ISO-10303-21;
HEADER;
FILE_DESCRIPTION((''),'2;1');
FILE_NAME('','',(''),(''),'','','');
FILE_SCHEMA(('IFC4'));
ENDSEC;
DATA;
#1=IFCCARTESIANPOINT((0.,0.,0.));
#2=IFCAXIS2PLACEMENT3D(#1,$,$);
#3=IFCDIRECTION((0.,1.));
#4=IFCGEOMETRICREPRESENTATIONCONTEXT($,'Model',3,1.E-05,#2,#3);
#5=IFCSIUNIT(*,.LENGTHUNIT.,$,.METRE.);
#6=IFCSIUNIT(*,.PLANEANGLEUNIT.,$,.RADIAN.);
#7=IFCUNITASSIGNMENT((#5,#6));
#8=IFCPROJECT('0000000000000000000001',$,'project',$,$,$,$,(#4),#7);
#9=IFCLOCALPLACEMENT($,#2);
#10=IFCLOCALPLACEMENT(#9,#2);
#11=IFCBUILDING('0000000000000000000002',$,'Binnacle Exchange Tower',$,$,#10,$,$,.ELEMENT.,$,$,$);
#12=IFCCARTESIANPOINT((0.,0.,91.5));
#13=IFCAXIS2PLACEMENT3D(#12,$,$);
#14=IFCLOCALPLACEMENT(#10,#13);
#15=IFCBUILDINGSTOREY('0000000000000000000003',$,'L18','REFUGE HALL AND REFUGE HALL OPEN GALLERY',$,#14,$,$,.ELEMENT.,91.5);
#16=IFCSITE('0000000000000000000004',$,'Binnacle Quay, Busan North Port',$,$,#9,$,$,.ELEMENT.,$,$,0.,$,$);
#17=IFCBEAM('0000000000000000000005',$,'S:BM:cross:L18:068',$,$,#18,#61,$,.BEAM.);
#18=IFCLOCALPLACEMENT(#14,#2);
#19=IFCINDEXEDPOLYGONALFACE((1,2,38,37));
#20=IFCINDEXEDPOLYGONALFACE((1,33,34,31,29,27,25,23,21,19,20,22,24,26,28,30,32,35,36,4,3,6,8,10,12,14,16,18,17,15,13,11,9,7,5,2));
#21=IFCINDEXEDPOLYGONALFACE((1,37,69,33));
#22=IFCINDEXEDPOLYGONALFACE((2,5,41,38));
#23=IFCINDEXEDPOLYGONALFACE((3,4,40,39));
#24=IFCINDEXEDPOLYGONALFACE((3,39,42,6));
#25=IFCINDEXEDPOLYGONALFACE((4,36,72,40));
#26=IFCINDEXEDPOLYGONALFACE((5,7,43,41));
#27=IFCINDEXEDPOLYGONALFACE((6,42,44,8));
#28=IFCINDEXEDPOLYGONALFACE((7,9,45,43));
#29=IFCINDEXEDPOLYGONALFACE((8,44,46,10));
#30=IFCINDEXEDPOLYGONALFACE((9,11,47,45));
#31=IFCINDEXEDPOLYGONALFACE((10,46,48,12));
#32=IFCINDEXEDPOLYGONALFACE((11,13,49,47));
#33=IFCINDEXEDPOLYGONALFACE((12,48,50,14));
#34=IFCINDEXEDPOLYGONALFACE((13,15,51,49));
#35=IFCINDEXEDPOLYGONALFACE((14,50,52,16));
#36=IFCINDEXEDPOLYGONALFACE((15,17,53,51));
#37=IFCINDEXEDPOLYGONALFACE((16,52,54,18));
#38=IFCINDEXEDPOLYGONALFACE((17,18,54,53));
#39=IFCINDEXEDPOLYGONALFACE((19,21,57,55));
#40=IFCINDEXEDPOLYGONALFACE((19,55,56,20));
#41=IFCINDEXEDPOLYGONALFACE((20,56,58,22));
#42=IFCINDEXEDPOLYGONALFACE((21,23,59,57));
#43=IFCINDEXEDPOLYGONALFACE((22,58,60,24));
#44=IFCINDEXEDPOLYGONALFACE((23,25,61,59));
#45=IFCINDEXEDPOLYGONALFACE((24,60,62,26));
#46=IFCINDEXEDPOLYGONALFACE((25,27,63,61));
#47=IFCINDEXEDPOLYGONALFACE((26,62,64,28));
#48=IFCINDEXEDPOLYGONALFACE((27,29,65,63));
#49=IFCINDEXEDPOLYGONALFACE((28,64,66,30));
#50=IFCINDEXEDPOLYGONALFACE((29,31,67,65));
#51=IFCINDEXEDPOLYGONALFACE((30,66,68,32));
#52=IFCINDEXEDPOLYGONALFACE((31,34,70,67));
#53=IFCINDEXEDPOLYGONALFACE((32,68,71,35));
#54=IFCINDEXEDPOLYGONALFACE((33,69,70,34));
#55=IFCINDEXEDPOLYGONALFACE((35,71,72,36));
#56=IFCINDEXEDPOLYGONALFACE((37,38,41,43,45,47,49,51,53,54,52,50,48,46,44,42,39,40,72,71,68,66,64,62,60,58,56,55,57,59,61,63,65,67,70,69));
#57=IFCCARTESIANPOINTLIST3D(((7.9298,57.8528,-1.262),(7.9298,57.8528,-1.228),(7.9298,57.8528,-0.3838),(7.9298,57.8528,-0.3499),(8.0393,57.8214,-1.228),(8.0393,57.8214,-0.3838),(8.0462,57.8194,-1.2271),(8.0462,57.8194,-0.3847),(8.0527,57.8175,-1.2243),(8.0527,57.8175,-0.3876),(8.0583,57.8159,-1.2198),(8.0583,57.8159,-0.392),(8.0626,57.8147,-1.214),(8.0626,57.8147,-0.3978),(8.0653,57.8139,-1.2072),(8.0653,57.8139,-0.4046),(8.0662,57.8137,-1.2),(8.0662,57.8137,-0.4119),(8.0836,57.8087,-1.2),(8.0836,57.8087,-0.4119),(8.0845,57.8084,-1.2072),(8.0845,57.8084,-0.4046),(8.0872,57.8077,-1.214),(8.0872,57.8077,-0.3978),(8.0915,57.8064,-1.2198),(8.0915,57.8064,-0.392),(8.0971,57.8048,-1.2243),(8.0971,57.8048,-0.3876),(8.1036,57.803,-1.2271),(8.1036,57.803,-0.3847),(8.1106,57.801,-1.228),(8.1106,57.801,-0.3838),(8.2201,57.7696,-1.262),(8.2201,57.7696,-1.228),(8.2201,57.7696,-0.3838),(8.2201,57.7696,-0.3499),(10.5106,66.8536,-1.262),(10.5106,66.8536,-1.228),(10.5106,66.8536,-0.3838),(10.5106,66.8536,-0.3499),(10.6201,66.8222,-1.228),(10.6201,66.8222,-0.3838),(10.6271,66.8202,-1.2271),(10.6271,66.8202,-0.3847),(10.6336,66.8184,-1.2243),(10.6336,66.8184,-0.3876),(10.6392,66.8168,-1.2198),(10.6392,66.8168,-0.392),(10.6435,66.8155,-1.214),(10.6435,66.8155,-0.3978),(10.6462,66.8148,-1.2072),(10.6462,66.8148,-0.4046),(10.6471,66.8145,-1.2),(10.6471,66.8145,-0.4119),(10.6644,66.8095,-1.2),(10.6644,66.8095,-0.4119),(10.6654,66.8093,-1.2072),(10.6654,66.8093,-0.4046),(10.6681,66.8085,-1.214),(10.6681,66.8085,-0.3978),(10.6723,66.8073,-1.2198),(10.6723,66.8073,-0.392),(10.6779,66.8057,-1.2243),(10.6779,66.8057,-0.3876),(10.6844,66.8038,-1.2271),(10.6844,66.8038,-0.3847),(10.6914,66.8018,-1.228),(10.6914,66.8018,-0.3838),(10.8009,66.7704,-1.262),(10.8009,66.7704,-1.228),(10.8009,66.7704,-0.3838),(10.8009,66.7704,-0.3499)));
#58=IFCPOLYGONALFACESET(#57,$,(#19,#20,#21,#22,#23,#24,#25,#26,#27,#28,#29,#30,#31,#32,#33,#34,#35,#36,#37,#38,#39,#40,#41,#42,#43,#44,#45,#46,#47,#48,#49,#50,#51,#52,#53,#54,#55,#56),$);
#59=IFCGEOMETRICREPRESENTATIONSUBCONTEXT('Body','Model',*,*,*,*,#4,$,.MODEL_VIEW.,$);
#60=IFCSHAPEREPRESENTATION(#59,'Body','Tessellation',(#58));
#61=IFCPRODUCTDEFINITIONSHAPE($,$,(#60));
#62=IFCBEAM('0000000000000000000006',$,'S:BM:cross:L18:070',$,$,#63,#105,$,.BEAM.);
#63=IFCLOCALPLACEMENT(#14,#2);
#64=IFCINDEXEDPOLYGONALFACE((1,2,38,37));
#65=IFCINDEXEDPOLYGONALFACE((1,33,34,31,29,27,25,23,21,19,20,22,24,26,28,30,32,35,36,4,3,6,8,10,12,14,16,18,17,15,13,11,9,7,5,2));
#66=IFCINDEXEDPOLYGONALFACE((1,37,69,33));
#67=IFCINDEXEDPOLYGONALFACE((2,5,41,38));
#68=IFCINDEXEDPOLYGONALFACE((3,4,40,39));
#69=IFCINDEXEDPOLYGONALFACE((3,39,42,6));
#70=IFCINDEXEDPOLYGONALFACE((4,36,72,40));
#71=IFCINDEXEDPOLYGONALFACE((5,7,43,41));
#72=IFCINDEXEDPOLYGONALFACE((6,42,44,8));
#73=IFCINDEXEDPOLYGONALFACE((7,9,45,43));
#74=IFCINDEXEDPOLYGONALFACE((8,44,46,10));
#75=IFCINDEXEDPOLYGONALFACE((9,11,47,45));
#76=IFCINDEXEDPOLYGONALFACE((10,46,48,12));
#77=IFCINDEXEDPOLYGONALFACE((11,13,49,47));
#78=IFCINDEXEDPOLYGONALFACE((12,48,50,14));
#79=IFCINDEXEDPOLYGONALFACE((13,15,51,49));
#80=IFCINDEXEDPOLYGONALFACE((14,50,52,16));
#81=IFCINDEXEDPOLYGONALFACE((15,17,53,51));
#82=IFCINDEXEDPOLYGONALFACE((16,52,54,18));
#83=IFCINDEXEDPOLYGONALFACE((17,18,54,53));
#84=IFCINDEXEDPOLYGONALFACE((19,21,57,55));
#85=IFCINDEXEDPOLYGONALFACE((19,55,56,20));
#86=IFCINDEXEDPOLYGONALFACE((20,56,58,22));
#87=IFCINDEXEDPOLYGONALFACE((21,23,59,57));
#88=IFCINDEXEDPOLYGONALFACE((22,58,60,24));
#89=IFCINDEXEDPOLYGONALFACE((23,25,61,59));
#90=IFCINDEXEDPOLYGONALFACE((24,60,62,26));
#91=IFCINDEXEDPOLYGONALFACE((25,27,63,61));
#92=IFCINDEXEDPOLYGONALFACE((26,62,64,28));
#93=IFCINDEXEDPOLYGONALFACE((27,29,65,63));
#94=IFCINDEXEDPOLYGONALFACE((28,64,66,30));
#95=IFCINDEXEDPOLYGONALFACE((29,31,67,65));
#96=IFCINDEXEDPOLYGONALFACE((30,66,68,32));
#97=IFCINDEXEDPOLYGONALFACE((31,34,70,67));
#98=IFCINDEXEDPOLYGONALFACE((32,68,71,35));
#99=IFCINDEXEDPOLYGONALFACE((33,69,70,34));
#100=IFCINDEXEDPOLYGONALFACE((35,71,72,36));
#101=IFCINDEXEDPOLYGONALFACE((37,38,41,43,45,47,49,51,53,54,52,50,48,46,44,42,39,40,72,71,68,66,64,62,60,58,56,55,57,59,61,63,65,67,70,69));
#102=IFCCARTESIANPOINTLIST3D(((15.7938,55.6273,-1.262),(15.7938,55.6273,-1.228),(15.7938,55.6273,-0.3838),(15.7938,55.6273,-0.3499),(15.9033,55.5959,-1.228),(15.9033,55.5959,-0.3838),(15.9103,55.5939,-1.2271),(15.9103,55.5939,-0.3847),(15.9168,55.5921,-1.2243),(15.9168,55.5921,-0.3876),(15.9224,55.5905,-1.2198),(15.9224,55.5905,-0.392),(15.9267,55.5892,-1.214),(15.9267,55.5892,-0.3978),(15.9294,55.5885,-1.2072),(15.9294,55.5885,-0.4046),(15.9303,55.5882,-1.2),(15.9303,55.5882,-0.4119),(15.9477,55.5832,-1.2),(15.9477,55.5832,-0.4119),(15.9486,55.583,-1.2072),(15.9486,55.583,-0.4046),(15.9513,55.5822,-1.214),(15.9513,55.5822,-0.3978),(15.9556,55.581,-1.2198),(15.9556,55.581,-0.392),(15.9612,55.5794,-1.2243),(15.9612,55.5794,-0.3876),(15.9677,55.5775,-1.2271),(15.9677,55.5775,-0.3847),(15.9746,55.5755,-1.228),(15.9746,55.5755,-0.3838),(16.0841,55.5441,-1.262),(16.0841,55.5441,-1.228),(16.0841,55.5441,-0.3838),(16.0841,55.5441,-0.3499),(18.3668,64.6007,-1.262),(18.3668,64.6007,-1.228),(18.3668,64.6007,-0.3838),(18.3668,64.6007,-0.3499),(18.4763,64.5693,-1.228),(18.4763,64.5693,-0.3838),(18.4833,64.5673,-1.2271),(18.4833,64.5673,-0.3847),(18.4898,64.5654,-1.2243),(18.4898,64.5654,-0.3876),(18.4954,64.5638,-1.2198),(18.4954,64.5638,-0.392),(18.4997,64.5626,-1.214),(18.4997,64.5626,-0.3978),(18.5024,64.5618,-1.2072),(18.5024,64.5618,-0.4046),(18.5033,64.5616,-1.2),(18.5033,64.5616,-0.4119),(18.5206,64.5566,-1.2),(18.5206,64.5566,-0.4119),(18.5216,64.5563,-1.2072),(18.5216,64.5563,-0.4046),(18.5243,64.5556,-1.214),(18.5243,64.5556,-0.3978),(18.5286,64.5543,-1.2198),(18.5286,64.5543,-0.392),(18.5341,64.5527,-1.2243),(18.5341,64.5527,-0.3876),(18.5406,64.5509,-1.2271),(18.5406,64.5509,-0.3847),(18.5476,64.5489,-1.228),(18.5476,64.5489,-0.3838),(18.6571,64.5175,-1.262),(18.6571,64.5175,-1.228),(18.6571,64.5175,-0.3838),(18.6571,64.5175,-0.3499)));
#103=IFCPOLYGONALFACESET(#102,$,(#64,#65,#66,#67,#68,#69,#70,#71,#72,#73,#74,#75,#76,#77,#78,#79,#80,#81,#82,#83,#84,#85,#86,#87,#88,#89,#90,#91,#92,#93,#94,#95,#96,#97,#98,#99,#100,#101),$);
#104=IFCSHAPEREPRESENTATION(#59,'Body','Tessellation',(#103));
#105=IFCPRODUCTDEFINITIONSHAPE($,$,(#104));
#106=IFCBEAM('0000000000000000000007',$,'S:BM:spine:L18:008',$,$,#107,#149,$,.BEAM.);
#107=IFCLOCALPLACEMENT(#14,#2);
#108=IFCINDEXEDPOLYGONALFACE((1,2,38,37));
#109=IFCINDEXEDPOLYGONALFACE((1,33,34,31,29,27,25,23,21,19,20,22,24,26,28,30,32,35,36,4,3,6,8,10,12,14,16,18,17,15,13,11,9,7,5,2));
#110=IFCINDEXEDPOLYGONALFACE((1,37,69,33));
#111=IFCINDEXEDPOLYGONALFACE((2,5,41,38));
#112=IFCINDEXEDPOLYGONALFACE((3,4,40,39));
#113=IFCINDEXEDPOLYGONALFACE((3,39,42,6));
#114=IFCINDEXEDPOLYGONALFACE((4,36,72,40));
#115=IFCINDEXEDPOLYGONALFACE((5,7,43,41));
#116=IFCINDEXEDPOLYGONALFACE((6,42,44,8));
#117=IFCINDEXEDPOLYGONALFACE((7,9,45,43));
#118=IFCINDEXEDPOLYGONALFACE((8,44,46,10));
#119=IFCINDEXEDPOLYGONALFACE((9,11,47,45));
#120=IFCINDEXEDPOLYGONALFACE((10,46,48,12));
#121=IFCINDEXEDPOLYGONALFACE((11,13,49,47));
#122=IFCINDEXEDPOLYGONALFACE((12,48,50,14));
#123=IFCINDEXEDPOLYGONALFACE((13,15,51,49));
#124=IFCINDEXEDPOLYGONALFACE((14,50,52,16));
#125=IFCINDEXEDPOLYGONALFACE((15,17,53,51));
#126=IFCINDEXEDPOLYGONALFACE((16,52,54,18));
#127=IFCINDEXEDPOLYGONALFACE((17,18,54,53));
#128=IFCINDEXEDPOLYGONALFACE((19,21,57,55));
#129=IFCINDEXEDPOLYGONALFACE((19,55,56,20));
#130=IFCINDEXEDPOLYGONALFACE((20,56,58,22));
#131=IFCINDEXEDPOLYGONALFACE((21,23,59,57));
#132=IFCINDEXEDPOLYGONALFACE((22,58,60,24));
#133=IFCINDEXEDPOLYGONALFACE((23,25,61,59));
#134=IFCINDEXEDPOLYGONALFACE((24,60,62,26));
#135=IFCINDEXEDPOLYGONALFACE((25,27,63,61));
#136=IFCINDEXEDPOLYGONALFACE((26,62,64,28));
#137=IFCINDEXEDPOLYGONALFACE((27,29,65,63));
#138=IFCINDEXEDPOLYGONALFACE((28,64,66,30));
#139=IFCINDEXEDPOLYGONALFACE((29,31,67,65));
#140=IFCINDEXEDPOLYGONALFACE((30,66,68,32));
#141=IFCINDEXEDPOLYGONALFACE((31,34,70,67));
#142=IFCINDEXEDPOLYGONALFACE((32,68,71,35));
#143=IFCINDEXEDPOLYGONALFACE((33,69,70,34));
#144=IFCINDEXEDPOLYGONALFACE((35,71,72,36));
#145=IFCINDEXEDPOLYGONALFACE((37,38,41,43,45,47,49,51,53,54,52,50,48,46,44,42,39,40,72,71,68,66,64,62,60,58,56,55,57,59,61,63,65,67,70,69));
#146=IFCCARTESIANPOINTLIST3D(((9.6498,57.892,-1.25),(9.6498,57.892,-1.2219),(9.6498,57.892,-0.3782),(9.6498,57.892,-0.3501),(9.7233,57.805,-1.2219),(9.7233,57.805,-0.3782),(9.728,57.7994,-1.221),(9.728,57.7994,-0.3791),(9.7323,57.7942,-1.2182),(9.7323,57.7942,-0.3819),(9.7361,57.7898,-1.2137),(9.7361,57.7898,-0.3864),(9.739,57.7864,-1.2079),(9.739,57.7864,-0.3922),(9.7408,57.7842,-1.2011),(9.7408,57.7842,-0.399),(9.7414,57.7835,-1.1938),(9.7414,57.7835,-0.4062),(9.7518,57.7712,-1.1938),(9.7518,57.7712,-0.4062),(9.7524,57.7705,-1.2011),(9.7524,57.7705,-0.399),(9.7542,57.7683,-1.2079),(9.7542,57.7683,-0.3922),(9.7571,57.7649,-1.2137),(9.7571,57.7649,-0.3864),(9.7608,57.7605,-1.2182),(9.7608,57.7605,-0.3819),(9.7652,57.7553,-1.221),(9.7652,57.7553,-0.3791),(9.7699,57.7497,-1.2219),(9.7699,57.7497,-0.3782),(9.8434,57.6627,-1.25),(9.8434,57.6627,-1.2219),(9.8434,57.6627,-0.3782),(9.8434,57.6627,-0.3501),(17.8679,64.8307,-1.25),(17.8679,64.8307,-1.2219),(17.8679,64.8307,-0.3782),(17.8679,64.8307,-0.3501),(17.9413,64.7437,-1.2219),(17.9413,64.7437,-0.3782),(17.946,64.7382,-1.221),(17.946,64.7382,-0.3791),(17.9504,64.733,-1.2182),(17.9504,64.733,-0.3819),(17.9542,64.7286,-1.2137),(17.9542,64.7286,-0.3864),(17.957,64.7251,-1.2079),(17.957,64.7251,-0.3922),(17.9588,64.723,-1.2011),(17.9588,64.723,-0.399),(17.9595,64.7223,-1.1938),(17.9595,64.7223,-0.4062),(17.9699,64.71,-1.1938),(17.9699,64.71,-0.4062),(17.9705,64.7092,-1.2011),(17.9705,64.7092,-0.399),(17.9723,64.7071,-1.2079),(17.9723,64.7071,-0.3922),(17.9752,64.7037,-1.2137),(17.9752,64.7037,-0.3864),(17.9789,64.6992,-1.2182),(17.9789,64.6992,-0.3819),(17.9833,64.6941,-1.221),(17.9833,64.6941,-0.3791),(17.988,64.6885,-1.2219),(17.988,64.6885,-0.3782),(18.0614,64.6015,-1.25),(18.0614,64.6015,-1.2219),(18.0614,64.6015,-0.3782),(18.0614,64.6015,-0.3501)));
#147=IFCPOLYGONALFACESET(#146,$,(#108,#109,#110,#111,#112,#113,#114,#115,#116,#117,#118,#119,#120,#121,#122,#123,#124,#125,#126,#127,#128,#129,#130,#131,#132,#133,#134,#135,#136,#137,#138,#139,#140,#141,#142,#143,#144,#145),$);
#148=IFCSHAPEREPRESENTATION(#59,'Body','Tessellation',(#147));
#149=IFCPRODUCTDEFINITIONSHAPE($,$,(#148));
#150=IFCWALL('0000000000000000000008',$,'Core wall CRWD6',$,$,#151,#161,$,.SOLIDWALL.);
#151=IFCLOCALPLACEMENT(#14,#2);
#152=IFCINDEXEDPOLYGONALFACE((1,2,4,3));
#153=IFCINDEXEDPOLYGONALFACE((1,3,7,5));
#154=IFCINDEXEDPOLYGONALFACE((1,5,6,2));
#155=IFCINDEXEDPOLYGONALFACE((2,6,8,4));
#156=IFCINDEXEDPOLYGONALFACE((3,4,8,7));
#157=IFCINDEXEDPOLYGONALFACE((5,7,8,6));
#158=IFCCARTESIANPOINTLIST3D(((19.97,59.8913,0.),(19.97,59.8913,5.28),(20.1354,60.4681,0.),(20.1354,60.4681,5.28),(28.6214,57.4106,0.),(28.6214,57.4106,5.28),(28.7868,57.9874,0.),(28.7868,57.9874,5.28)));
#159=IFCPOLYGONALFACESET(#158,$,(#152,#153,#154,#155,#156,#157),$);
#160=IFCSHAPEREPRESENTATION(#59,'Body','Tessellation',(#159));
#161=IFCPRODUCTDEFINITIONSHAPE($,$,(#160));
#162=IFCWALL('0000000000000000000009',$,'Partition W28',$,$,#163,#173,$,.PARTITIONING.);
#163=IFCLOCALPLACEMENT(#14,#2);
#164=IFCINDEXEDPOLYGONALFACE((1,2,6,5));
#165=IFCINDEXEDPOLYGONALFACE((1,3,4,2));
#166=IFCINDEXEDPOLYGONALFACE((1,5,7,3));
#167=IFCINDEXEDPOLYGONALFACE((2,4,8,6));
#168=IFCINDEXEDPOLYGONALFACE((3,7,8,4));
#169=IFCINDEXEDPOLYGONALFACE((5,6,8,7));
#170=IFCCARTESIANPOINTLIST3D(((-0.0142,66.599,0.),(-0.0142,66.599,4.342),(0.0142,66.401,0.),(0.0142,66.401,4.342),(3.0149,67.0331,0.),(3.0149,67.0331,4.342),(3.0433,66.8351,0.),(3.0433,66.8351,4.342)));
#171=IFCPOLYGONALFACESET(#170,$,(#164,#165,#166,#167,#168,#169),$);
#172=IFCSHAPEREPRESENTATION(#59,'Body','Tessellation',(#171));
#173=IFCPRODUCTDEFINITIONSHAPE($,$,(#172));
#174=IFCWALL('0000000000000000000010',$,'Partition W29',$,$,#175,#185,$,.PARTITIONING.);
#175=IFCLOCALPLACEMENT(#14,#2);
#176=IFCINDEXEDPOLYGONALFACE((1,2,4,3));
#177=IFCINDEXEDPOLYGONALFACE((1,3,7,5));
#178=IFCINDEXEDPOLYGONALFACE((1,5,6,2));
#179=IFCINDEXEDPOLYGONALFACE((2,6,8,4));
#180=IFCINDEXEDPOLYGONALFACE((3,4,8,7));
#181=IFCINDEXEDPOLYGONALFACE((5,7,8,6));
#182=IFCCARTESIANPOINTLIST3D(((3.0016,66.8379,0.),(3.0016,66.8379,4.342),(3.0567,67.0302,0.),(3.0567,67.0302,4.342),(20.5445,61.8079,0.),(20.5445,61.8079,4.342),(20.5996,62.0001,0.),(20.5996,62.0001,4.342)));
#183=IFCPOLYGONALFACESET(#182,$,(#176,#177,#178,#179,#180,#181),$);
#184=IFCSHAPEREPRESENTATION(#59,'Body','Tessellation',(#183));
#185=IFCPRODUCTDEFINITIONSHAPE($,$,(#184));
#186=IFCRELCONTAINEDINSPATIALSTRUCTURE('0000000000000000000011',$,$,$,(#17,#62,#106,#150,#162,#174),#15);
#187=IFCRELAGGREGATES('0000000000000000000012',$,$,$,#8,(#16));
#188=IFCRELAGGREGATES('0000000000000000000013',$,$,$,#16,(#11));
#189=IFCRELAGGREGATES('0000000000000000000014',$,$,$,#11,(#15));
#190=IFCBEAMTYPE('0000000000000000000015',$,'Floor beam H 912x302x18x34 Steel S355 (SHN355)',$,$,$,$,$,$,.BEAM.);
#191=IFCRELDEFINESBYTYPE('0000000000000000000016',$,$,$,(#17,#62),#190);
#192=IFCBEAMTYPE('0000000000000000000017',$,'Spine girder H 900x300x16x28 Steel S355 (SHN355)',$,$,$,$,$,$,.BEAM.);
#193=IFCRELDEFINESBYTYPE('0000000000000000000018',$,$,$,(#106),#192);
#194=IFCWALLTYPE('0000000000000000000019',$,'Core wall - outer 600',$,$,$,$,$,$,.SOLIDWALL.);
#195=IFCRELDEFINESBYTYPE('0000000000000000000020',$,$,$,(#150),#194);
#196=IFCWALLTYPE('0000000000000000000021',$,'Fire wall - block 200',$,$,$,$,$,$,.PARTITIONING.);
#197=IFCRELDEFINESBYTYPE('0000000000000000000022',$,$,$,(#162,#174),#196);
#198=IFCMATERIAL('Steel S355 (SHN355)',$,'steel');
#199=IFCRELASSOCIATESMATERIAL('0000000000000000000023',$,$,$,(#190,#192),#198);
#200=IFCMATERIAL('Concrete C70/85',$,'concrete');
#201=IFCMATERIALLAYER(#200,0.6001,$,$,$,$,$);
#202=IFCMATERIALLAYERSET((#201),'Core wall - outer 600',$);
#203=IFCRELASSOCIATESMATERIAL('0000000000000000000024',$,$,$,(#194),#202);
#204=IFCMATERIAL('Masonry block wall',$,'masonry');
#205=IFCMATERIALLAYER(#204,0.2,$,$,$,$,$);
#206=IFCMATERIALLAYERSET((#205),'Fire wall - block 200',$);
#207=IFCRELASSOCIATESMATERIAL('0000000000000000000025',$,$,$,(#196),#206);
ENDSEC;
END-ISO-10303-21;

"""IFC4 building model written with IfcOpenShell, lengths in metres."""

from ifc_helpers import new_model, si_unit, direction, frame, frame_2d, origin, origin_2d, place, context, subcontext, project, spatial, rectangle, i_section, extrude, material, layer, layer_set, material_profile, profile_set, type_object, element, save


model = new_model("IFC4")

# Units and contexts
model_context = context("Model", 3, precision=1e-05, world=origin(), true_north=direction((0.0, 1.0)))
body_context = subcontext(model_context, "Body", "Model", "MODEL_VIEW")
ifc_project = project(units=[si_unit("LENGTHUNIT", "METRE"), si_unit("PLANEANGLEUNIT", "RADIAN")], contexts=[model_context])

# Site, building, storey
site_placement = place(None, origin())
site = spatial("IfcSite", under=ifc_project, at=site_placement, Name="Binnacle Quay, Busan North Port", CompositionType="ELEMENT", RefElevation=0.0)
building_placement = place(site_placement, origin())
building = spatial("IfcBuilding", under=site, at=building_placement, Name="Binnacle Exchange Tower", CompositionType="ELEMENT")
storey_placement = place(building_placement, frame((0.0, 0.0, 91.5)))
storey = spatial("IfcBuildingStorey", under=building, at=storey_placement, Name="L18", Description="REFUGE HALL AND REFUGE HALL OPEN GALLERY", CompositionType="ELEMENT", Elevation=91.5)

# Shared definitions
ifc_material_1 = material(Name="Concrete C70/85", Category="concrete")

# Beams
ifc_material_2 = material(Name="Steel S355 (SHN355)", Category="steel")
ifc_material_profile_1 = material_profile(ifc_material_2, i_section(OverallWidth=0.302, OverallDepth=0.9121, WebThickness=0.0181, FlangeThickness=0.0339, FilletRadius=0.0281, at=origin_2d()), Name="H 912x302x18x34")
ifc_profile_set_1 = profile_set([ifc_material_profile_1], Name="Steel S355 (SHN355)")
beam_type_1 = type_object("IfcBeamType", Name="Floor beam H 912x302x18x34 Steel S355 (SHN355)", PredefinedType="BEAM", material=ifc_profile_set_1)
beam_1_placement = place(storey_placement, frame((10.6558, 66.812, -0.8059), z_axis=(-0.275627, -0.961265, 0.0), x_axis=(0.961265, -0.275627, 0.0)))
element("IfcBeam", 1, at=beam_1_placement, inside=storey, type_object=beam_type_1, Name="S:BM:cross:L18:068", PredefinedType="BEAM", context=body_context, shape_type="SweptSolid", body=[
    extrude(i_section(OverallWidth=0.302, OverallDepth=0.9121, WebThickness=0.0181, FlangeThickness=0.0339, FilletRadius=0.0281, at=origin_2d()), origin(), (0.0, 0.0, 1.0), 9.3635),
])
beam_2_placement = place(storey_placement, frame((18.512, 64.5591, -0.8059), z_axis=(-0.275629, -0.961264, 0.0), x_axis=(0.961264, -0.275629, 0.0)))
element("IfcBeam", 2, at=beam_2_placement, inside=storey, type_object=beam_type_1, Name="S:BM:cross:L18:070", PredefinedType="BEAM", context=body_context, shape_type="SweptSolid", body=[
    extrude(i_section(OverallWidth=0.302, OverallDepth=0.9121, WebThickness=0.0181, FlangeThickness=0.0339, FilletRadius=0.0281, at=origin_2d()), origin(), (0.0, 0.0, 1.0), 9.335),
])
ifc_material_profile_2 = material_profile(ifc_material_2, i_section(OverallWidth=0.3, OverallDepth=0.8999, WebThickness=0.0161, FlangeThickness=0.0281, FilletRadius=0.0281, at=origin_2d()), Name="H 900x300x16x28")
ifc_profile_set_2 = profile_set([ifc_material_profile_2], Name="Steel S355 (SHN355)")
beam_type_2 = type_object("IfcBeamType", Name="Spine girder H 900x300x16x28 Steel S355 (SHN355)", PredefinedType="BEAM", material=ifc_profile_set_2)
beam_3_placement = place(storey_placement, frame((9.7466, 57.7773, -0.8), z_axis=(0.764073, 0.64513, 0.0), x_axis=(-0.64513, 0.764073, 0.0)))
element("IfcBeam", 3, at=beam_3_placement, inside=storey, type_object=beam_type_2, Name="S:BM:spine:L18:008", PredefinedType="BEAM", context=body_context, shape_type="SweptSolid", body=[
    extrude(i_section(OverallWidth=0.3, OverallDepth=0.8999, WebThickness=0.0161, FlangeThickness=0.0281, FilletRadius=0.0281, at=origin_2d()), origin(), (0.0, 0.0, 1.0), 10.7556),
])

# Walls
ifc_layer_1 = layer(ifc_material_1, 0.6001)
ifc_layer_set_1 = layer_set([ifc_layer_1], Name="Core wall - outer 600")
wall_type_1 = type_object("IfcWallType", Name="Core wall - outer 600", PredefinedType="SOLIDWALL", material=ifc_layer_set_1)
wall_1_placement = place(storey_placement, frame((20.0527, 60.1797, 0.0), z_axis=(0.0, 0.0, 1.0), x_axis=(0.961262, -0.275635, 0.0)))
element("IfcWall", 4, at=wall_1_placement, inside=storey, type_object=wall_type_1, Name="Core wall CRWD6", PredefinedType="SOLIDWALL", context=body_context, shape_type="SweptSolid", body=[
    extrude(rectangle(XDim=9.0, YDim=0.6001, at=frame_2d((4.5, 0.0))), origin(), (0.0, 0.0, 1.0), 5.28),
])
ifc_material_3 = material(Name="Masonry block wall", Category="masonry")
ifc_layer_2 = layer(ifc_material_3, 0.2)
ifc_layer_set_2 = layer_set([ifc_layer_2], Name="Fire wall - block 200")
wall_type_2 = type_object("IfcWallType", Name="Fire wall - block 200", PredefinedType="PARTITIONING", material=ifc_layer_set_2)
wall_2_placement = place(storey_placement, frame((0.0, 66.5, 0.0), z_axis=(0.0, 0.0, 1.0), x_axis=(0.989887, 0.141857, 0.0)))
element("IfcWall", 5, at=wall_2_placement, inside=storey, type_object=wall_type_2, Name="Partition W28", PredefinedType="PARTITIONING", context=body_context, shape_type="SweptSolid", body=[
    extrude(rectangle(XDim=3.0601, YDim=0.2, at=frame_2d((1.53, 0.0))), origin(), (0.0, 0.0, 1.0), 4.342),
])
wall_3_placement = place(storey_placement, frame((3.0291, 66.9341, 0.0), z_axis=(0.0, 0.0, 1.0), x_axis=(0.961267, -0.27562, 0.0)))
element("IfcWall", 6, at=wall_3_placement, inside=storey, type_object=wall_type_2, Name="Partition W29", PredefinedType="PARTITIONING", context=body_context, shape_type="SweptSolid", body=[
    extrude(rectangle(XDim=18.2498, YDim=0.2, at=frame_2d((9.125, 0.0))), origin(), (0.0, 0.0, 1.0), 4.342),
])

save(model, "model.ifc")
